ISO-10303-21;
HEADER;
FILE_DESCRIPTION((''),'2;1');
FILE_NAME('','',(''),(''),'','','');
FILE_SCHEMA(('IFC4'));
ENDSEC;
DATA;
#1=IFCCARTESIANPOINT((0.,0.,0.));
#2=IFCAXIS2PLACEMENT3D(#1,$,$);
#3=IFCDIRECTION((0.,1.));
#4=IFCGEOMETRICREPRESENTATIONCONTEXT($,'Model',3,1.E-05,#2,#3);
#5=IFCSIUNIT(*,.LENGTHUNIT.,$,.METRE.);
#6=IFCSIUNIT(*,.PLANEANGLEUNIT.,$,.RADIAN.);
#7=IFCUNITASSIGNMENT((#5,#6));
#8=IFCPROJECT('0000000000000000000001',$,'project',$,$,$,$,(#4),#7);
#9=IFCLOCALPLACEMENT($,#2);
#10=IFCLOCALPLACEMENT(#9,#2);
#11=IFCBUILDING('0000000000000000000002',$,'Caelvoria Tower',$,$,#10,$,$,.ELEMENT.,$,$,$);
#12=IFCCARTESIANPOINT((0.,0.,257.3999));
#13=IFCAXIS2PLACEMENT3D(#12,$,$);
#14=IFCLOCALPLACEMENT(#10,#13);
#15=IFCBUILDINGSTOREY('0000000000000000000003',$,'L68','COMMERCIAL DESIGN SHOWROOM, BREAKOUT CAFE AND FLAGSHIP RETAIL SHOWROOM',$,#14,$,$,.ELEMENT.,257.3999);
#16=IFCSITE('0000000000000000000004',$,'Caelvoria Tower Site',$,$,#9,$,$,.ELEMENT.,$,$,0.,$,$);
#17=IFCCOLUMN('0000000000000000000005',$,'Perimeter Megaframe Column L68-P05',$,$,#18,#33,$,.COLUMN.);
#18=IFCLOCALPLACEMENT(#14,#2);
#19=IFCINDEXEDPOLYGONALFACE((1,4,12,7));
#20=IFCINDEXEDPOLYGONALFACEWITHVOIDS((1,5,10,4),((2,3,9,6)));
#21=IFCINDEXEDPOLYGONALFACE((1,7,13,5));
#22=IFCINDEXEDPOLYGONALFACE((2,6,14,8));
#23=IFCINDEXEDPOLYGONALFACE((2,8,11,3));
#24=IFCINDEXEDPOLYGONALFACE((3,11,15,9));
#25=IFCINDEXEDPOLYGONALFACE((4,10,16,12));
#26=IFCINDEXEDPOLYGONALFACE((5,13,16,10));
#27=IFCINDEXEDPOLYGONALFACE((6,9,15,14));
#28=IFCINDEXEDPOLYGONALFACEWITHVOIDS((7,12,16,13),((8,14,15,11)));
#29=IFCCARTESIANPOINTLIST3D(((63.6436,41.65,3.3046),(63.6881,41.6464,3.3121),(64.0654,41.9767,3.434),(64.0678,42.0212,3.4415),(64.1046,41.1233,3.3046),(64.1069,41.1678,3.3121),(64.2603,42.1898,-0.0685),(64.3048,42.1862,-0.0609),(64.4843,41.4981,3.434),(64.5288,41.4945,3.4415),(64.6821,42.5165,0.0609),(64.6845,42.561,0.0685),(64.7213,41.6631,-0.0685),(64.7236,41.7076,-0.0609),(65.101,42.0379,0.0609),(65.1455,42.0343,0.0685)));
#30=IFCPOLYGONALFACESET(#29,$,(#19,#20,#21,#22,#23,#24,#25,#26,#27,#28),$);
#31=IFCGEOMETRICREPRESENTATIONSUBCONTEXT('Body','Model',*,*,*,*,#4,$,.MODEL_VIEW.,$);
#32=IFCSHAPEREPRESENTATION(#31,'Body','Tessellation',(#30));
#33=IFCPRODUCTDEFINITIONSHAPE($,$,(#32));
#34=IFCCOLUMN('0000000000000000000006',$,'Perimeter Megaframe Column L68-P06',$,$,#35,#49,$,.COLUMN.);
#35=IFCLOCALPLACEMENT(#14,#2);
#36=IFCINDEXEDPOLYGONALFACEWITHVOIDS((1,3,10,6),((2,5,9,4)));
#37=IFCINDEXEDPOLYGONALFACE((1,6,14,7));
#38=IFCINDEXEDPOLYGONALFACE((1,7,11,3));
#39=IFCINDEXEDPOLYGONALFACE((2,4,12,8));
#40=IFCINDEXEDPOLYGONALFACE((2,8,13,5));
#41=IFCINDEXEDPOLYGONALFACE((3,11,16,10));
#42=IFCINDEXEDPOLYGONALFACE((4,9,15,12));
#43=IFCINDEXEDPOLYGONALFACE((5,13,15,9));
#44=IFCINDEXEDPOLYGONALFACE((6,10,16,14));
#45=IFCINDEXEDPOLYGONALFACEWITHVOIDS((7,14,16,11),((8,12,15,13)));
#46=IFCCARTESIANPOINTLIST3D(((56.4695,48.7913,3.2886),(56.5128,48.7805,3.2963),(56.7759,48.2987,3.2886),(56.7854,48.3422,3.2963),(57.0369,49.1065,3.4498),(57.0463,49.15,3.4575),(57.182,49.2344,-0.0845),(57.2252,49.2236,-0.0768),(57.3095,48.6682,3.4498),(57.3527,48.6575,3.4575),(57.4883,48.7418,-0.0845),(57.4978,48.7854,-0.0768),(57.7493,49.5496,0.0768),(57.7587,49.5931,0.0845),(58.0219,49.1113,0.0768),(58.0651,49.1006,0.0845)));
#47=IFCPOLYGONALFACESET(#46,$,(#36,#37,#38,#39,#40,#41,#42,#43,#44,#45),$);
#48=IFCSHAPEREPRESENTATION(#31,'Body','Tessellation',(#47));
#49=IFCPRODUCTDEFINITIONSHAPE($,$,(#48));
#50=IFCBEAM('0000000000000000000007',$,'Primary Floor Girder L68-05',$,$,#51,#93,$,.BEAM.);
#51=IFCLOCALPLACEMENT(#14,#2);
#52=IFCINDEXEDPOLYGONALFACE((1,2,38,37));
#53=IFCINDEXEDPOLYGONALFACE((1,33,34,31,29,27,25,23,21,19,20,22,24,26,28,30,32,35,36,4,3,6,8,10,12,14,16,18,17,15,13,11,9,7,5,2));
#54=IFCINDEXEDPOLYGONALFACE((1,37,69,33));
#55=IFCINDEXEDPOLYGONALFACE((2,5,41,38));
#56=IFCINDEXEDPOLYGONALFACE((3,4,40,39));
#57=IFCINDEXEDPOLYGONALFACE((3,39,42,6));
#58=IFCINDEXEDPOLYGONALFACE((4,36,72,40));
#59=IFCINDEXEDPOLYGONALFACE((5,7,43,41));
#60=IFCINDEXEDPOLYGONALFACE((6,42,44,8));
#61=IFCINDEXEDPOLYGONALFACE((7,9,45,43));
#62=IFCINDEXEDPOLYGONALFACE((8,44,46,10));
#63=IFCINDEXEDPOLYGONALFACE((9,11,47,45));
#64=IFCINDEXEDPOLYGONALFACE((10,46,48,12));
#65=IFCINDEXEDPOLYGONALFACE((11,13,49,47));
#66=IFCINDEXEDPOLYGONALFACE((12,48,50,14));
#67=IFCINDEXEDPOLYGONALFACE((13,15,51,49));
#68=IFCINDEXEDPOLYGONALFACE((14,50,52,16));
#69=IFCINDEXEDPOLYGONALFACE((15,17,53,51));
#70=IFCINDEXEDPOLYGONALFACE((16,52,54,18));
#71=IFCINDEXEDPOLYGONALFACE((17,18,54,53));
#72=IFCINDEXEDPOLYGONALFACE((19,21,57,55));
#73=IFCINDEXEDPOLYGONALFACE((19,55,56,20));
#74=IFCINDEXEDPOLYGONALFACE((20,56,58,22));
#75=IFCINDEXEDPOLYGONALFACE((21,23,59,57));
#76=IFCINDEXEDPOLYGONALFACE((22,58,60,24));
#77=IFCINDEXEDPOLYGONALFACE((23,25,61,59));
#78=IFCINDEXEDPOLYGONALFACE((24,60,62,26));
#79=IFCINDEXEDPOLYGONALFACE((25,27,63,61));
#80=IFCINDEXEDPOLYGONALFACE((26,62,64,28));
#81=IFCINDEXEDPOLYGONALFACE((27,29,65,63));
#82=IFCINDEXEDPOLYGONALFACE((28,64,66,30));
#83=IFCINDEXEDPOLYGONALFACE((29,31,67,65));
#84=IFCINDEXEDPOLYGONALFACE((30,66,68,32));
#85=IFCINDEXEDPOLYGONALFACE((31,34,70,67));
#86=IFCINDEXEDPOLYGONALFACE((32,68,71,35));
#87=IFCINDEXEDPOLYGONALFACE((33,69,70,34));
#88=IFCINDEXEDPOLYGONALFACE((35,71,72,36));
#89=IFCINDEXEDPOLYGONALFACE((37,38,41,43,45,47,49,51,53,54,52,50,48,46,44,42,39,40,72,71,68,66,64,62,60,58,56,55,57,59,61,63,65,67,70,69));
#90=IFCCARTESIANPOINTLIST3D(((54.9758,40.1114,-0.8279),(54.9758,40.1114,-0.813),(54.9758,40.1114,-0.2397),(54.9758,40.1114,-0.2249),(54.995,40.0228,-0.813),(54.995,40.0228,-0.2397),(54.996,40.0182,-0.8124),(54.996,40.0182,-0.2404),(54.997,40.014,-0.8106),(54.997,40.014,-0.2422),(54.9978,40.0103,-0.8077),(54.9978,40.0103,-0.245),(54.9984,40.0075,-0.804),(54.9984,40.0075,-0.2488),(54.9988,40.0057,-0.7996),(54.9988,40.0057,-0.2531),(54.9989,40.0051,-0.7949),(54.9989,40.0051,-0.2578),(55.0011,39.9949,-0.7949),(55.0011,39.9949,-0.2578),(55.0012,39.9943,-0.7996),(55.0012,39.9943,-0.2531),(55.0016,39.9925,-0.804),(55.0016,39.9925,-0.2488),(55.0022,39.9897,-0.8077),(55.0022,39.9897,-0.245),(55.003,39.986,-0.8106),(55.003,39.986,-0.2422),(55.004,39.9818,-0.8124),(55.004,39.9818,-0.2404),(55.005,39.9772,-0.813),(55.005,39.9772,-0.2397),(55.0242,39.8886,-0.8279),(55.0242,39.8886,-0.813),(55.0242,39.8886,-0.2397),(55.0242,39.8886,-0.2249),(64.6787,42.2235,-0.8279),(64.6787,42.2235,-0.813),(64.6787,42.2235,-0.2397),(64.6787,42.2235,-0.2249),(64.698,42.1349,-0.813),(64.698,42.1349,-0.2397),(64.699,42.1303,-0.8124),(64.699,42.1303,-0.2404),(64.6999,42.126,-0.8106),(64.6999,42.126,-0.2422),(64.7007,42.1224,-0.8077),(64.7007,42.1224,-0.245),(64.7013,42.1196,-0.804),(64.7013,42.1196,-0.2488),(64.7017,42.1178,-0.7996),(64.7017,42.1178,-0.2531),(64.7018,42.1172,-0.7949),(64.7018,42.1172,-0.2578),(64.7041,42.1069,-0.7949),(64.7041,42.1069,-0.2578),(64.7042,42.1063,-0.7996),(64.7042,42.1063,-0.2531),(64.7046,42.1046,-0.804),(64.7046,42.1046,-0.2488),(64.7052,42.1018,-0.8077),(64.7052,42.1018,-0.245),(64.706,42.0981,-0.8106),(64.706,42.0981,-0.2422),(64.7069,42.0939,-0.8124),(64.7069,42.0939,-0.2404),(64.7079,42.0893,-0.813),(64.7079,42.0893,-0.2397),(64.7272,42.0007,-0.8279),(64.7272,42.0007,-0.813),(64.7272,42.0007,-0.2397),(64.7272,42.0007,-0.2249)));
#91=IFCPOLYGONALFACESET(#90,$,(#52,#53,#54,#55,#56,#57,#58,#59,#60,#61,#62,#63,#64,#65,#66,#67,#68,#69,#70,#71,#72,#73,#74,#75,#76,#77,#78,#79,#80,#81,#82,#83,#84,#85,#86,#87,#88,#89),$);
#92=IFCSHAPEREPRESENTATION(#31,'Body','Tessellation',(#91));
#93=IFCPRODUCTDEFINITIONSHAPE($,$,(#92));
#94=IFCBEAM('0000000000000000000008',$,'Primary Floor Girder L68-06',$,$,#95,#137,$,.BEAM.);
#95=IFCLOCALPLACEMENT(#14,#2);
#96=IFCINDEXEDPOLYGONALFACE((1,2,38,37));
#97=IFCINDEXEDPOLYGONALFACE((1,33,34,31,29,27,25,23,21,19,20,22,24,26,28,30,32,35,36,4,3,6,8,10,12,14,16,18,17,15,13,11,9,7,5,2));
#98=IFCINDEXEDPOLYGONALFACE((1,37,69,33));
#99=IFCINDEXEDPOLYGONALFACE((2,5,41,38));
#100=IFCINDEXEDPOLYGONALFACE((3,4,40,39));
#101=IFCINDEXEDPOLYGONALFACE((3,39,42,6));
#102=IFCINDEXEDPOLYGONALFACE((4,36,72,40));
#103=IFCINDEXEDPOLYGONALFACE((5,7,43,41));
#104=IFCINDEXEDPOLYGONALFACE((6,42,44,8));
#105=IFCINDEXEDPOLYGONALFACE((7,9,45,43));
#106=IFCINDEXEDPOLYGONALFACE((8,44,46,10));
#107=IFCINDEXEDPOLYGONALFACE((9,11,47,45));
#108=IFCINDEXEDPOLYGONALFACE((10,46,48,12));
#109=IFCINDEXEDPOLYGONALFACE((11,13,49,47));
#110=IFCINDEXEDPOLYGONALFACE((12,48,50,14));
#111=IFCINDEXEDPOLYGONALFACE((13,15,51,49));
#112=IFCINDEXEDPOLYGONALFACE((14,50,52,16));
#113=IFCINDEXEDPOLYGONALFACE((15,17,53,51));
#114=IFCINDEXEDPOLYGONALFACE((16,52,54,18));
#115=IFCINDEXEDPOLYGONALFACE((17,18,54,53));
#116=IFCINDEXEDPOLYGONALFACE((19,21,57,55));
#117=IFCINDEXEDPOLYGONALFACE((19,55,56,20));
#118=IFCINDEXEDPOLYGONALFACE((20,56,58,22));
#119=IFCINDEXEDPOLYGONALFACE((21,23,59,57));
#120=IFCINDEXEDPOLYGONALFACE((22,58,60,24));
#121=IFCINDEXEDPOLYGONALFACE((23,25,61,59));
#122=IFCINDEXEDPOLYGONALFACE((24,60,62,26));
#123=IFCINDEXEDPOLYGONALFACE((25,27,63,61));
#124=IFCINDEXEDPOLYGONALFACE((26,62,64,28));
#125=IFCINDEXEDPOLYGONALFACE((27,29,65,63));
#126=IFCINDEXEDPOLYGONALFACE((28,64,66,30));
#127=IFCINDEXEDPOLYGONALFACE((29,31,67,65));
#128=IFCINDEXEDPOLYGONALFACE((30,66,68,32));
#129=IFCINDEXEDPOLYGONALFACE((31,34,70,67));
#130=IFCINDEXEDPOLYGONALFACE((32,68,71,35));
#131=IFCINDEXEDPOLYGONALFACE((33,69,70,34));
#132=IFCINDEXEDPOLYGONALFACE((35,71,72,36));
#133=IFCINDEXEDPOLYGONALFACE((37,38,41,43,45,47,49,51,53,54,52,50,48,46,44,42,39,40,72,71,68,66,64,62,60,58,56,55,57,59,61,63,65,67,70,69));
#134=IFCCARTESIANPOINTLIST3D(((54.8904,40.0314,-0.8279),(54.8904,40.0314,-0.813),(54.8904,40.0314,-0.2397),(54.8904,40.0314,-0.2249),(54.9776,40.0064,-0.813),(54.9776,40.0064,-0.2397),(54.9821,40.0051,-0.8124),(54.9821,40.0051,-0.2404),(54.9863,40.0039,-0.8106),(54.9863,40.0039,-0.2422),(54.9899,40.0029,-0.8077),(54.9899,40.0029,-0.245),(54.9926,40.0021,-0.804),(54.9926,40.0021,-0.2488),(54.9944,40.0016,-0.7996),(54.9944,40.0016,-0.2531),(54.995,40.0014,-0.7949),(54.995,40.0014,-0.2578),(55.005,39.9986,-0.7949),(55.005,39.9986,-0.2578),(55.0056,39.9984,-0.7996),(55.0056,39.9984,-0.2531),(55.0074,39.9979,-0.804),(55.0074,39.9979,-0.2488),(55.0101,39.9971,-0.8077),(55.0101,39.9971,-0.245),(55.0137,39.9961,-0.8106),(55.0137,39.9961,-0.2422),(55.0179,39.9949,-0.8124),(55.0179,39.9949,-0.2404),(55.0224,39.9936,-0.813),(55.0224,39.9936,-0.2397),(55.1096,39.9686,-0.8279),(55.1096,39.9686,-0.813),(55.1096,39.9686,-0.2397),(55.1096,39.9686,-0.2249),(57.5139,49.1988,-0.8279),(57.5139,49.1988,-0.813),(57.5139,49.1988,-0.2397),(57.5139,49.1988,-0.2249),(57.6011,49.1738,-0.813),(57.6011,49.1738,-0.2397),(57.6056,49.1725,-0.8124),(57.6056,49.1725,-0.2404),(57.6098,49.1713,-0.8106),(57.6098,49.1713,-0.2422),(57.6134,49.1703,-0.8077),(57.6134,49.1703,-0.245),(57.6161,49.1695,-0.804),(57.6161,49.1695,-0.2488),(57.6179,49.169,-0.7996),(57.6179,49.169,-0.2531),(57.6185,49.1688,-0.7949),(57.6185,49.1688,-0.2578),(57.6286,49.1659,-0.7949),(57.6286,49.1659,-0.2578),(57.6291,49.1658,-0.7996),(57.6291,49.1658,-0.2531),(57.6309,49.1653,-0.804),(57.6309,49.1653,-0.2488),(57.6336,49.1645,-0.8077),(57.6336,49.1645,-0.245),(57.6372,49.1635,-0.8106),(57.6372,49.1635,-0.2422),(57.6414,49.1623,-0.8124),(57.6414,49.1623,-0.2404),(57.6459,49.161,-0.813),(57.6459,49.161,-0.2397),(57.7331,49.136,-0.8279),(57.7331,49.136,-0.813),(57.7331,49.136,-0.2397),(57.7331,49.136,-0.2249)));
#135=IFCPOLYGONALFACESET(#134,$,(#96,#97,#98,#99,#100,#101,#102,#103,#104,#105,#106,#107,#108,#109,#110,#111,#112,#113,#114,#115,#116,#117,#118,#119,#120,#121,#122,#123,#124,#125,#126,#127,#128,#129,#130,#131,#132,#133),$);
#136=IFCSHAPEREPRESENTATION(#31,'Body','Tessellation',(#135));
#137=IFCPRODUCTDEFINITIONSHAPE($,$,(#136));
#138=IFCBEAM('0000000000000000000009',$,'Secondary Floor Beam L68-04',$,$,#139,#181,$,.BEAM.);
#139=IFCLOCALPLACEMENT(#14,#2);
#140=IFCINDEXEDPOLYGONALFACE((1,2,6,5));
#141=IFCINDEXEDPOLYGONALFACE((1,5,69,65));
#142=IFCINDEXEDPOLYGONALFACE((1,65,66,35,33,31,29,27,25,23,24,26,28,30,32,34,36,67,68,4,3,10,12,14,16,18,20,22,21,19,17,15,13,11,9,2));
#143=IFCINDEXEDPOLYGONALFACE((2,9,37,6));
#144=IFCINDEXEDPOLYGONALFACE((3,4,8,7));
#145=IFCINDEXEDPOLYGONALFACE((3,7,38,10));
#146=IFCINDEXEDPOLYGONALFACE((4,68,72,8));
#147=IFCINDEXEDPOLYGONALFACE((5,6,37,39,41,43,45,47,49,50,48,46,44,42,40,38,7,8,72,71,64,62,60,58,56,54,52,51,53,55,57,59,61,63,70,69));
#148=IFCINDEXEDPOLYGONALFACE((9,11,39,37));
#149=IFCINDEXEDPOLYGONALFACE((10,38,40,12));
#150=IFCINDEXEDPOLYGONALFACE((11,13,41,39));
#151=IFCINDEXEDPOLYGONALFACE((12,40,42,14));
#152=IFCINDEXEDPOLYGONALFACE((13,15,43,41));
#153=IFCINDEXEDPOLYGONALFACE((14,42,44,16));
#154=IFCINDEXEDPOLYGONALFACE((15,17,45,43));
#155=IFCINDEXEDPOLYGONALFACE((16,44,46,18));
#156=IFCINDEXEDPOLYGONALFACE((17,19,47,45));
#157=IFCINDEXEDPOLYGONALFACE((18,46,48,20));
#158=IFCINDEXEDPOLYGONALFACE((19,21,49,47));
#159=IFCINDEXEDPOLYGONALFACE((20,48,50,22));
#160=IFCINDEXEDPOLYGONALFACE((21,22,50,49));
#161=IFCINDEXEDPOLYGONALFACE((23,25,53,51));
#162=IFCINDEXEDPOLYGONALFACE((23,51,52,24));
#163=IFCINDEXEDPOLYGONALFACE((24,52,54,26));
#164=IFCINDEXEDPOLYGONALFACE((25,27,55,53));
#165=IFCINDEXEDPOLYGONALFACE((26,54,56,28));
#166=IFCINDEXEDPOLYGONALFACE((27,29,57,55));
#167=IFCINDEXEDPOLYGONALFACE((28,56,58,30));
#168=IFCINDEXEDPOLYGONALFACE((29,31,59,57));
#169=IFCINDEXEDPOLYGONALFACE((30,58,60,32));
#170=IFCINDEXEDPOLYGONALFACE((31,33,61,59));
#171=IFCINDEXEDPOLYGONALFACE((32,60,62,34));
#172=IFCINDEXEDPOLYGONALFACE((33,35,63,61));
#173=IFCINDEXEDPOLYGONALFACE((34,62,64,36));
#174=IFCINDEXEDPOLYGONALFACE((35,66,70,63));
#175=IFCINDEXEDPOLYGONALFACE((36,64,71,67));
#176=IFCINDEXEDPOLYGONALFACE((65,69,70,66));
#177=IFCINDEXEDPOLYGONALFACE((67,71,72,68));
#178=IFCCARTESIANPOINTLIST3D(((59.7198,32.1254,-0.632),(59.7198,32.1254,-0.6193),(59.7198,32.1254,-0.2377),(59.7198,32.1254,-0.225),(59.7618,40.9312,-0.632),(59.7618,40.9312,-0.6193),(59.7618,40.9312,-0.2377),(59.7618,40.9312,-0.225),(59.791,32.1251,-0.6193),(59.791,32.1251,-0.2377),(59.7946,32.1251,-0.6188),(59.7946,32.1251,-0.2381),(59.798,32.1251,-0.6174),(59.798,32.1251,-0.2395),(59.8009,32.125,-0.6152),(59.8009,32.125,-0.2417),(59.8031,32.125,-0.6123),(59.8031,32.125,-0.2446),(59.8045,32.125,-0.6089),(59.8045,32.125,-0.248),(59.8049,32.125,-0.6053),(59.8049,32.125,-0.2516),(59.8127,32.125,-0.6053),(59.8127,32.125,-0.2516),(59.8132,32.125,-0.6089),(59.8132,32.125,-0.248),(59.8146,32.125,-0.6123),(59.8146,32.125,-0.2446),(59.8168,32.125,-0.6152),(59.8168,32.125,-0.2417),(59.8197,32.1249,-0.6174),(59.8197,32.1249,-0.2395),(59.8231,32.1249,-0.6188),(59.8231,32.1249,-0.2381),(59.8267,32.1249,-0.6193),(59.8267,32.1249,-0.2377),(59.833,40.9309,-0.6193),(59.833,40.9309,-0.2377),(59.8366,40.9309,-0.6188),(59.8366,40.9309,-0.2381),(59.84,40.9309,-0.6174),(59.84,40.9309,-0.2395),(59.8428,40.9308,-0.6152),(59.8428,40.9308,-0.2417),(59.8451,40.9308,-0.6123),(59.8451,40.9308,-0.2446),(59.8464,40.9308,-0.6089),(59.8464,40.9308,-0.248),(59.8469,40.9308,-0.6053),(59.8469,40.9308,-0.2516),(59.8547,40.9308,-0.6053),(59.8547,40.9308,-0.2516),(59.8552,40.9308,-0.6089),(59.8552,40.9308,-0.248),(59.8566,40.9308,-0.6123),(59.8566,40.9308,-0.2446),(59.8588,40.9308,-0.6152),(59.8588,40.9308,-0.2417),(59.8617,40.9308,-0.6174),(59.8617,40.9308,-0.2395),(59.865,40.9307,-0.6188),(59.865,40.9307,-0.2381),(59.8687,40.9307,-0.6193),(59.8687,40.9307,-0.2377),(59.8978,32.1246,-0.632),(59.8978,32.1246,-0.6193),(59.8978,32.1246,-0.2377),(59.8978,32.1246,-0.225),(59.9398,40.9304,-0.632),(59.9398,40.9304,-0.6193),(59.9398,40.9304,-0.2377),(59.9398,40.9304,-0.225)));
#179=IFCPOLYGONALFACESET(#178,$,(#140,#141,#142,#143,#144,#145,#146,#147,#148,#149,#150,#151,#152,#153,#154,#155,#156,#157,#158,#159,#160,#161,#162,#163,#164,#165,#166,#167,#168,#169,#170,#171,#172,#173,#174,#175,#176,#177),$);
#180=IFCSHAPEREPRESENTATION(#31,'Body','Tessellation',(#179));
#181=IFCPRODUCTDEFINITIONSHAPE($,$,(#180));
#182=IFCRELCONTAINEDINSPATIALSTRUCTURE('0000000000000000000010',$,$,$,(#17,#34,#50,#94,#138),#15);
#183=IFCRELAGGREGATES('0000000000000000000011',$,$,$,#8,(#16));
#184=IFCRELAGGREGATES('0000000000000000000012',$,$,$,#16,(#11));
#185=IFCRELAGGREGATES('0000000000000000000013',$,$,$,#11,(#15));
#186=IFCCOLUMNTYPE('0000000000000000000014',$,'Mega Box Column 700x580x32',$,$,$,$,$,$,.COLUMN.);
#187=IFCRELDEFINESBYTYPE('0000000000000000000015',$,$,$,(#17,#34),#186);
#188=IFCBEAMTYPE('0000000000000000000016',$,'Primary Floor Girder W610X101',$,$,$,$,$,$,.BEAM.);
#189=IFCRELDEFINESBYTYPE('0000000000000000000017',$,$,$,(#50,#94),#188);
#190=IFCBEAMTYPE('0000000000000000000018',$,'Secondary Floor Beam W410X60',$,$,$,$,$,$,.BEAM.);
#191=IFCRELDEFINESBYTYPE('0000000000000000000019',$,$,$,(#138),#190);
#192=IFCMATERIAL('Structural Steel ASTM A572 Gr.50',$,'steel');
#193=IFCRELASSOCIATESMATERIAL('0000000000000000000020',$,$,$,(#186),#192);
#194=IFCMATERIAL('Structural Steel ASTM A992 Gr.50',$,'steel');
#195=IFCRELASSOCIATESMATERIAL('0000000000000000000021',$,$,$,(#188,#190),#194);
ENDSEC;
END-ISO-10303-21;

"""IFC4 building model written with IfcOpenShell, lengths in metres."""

from ifc_helpers import new_model, si_unit, direction, frame, origin, origin_2d, place, context, subcontext, project, spatial, hollow_rectangle, i_section, extrude, material, material_profile, profile_set, type_object, element, save


model = new_model("IFC4")

# Units and contexts
model_context = context("Model", 3, precision=1e-05, world=origin(), true_north=direction((0.0, 1.0)))
body_context = subcontext(model_context, "Body", "Model", "MODEL_VIEW")
ifc_project = project(units=[si_unit("LENGTHUNIT", "METRE"), si_unit("PLANEANGLEUNIT", "RADIAN")], contexts=[model_context])

# Site, building, storey
site_placement = place(None, origin())
site = spatial("IfcSite", under=ifc_project, at=site_placement, Name="Caelvoria Tower Site", CompositionType="ELEMENT", RefElevation=0.0)
building_placement = place(site_placement, origin())
building = spatial("IfcBuilding", under=site, at=building_placement, Name="Caelvoria Tower", CompositionType="ELEMENT")
storey_placement = place(building_placement, frame((0.0, 0.0, 257.3999)))
storey = spatial("IfcBuildingStorey", under=building, at=storey_placement, Name="L68", Description="COMMERCIAL DESIGN SHOWROOM, BREAKOUT CAFE AND FLAGSHIP RETAIL SHOWROOM", CompositionType="ELEMENT", Elevation=257.3999)

# Columns
ifc_material_1 = material(Name="Structural Steel ASTM A572 Gr.50", Category="steel")
ifc_material_profile_1 = material_profile(ifc_material_1, hollow_rectangle(XDim=0.5801, YDim=0.7, WallThickness=0.032, at=origin_2d()), Name="Structural Steel ASTM A572 Gr.50")
ifc_profile_set_1 = profile_set([ifc_material_profile_1], Name="BOX700X580X32 - Structural Steel ASTM A572 Gr.50")
column_type = type_object("IfcColumnType", Name="Mega Box Column 700x580x32", PredefinedType="COLUMN", material=ifc_profile_set_1)
column_1_placement = place(storey_placement, frame((64.7029, 42.1121, 0.0), z_axis=(-0.177662, -0.155507, 0.971727), x_axis=(0.731192, 0.64001, 0.236107)))
element("IfcColumn", 1, at=column_1_placement, inside=storey, type_object=column_type, Name="Perimeter Megaframe Column L68-P05", PredefinedType="COLUMN", context=body_context, shape_type="SweptSolid", body=[
    extrude(hollow_rectangle(XDim=0.5801, YDim=0.7, WallThickness=0.032, at=origin_2d()), origin(), (0.0, 0.0, 1.0), 3.4712),
])
column_2_placement = place(storey_placement, frame((57.6235, 49.1675, 0.0), z_axis=(-0.20496, -0.127485, 0.970432), x_axis=(0.528167, -0.849141, 0.0)))
element("IfcColumn", 2, at=column_2_placement, inside=storey, type_object=column_type, Name="Perimeter Megaframe Column L68-P06", PredefinedType="COLUMN", context=body_context, shape_type="SweptSolid", body=[
    extrude(hollow_rectangle(XDim=0.5801, YDim=0.7, WallThickness=0.032, at=origin_2d()), origin(), (0.0, 0.0, 1.0), 3.4758),
])

# Beams
ifc_material_2 = material(Name="Structural Steel ASTM A992 Gr.50", Category="steel")
ifc_material_profile_2 = material_profile(ifc_material_2, i_section(OverallWidth=0.228, OverallDepth=0.603, WebThickness=0.0105, FlangeThickness=0.0149, FilletRadius=0.0181, at=origin_2d()), Name="Structural Steel ASTM A992 Gr.50")
ifc_profile_set_2 = profile_set([ifc_material_profile_2], Name="W610X101 - Structural Steel ASTM A992 Gr.50")
beam_type_1 = type_object("IfcBeamType", Name="Primary Floor Girder W610X101", PredefinedType="BEAM", material=ifc_profile_set_2)
beam_1_placement = place(storey_placement, frame((55.0, 40.0, -0.5264), z_axis=(0.977119, 0.212693, 0.0), x_axis=(-0.212693, 0.977119, 0.0)))
element("IfcBeam", 3, at=beam_1_placement, inside=storey, type_object=beam_type_1, Name="Primary Floor Girder L68-05", PredefinedType="BEAM", context=body_context, shape_type="SweptSolid", body=[
    extrude(i_section(OverallWidth=0.228, OverallDepth=0.603, WebThickness=0.0105, FlangeThickness=0.0149, FilletRadius=0.0181, at=origin_2d()), origin(), (0.0, 0.0, 1.0), 9.9302),
])
beam_2_placement = place(storey_placement, frame((55.0, 40.0, -0.5264), z_axis=(0.275134, 0.961406, 0.0), x_axis=(-0.961406, 0.275134, 0.0)))
element("IfcBeam", 4, at=beam_2_placement, inside=storey, type_object=beam_type_1, Name="Primary Floor Girder L68-06", PredefinedType="BEAM", context=body_context, shape_type="SweptSolid", body=[
    extrude(i_section(OverallWidth=0.228, OverallDepth=0.603, WebThickness=0.0105, FlangeThickness=0.0149, FilletRadius=0.0181, at=origin_2d()), origin(), (0.0, 0.0, 1.0), 9.5354),
])
ifc_material_profile_3 = material_profile(ifc_material_2, i_section(OverallWidth=0.178, OverallDepth=0.407, WebThickness=0.0078, FlangeThickness=0.0127, FilletRadius=0.0139, at=origin_2d()), Name="Structural Steel ASTM A992 Gr.50")
ifc_profile_set_3 = profile_set([ifc_material_profile_3], Name="W410X60 - Structural Steel ASTM A992 Gr.50")
beam_type_2 = type_object("IfcBeamType", Name="Secondary Floor Beam W410X60", PredefinedType="BEAM", material=ifc_profile_set_3)
beam_3_placement = place(storey_placement, frame((59.8088, 32.125, -0.4285), z_axis=(0.004769, 0.999989, 0.0), x_axis=(-0.999989, 0.004769, 0.0)))
element("IfcBeam", 5, at=beam_3_placement, inside=storey, type_object=beam_type_2, Name="Secondary Floor Beam L68-04", PredefinedType="BEAM", context=body_context, shape_type="SweptSolid", body=[
    extrude(i_section(OverallWidth=0.178, OverallDepth=0.407, WebThickness=0.0078, FlangeThickness=0.0127, FilletRadius=0.0139, at=origin_2d()), origin(), (0.0, 0.0, 1.0), 8.8059),
])

save(model, "model.ifc")
